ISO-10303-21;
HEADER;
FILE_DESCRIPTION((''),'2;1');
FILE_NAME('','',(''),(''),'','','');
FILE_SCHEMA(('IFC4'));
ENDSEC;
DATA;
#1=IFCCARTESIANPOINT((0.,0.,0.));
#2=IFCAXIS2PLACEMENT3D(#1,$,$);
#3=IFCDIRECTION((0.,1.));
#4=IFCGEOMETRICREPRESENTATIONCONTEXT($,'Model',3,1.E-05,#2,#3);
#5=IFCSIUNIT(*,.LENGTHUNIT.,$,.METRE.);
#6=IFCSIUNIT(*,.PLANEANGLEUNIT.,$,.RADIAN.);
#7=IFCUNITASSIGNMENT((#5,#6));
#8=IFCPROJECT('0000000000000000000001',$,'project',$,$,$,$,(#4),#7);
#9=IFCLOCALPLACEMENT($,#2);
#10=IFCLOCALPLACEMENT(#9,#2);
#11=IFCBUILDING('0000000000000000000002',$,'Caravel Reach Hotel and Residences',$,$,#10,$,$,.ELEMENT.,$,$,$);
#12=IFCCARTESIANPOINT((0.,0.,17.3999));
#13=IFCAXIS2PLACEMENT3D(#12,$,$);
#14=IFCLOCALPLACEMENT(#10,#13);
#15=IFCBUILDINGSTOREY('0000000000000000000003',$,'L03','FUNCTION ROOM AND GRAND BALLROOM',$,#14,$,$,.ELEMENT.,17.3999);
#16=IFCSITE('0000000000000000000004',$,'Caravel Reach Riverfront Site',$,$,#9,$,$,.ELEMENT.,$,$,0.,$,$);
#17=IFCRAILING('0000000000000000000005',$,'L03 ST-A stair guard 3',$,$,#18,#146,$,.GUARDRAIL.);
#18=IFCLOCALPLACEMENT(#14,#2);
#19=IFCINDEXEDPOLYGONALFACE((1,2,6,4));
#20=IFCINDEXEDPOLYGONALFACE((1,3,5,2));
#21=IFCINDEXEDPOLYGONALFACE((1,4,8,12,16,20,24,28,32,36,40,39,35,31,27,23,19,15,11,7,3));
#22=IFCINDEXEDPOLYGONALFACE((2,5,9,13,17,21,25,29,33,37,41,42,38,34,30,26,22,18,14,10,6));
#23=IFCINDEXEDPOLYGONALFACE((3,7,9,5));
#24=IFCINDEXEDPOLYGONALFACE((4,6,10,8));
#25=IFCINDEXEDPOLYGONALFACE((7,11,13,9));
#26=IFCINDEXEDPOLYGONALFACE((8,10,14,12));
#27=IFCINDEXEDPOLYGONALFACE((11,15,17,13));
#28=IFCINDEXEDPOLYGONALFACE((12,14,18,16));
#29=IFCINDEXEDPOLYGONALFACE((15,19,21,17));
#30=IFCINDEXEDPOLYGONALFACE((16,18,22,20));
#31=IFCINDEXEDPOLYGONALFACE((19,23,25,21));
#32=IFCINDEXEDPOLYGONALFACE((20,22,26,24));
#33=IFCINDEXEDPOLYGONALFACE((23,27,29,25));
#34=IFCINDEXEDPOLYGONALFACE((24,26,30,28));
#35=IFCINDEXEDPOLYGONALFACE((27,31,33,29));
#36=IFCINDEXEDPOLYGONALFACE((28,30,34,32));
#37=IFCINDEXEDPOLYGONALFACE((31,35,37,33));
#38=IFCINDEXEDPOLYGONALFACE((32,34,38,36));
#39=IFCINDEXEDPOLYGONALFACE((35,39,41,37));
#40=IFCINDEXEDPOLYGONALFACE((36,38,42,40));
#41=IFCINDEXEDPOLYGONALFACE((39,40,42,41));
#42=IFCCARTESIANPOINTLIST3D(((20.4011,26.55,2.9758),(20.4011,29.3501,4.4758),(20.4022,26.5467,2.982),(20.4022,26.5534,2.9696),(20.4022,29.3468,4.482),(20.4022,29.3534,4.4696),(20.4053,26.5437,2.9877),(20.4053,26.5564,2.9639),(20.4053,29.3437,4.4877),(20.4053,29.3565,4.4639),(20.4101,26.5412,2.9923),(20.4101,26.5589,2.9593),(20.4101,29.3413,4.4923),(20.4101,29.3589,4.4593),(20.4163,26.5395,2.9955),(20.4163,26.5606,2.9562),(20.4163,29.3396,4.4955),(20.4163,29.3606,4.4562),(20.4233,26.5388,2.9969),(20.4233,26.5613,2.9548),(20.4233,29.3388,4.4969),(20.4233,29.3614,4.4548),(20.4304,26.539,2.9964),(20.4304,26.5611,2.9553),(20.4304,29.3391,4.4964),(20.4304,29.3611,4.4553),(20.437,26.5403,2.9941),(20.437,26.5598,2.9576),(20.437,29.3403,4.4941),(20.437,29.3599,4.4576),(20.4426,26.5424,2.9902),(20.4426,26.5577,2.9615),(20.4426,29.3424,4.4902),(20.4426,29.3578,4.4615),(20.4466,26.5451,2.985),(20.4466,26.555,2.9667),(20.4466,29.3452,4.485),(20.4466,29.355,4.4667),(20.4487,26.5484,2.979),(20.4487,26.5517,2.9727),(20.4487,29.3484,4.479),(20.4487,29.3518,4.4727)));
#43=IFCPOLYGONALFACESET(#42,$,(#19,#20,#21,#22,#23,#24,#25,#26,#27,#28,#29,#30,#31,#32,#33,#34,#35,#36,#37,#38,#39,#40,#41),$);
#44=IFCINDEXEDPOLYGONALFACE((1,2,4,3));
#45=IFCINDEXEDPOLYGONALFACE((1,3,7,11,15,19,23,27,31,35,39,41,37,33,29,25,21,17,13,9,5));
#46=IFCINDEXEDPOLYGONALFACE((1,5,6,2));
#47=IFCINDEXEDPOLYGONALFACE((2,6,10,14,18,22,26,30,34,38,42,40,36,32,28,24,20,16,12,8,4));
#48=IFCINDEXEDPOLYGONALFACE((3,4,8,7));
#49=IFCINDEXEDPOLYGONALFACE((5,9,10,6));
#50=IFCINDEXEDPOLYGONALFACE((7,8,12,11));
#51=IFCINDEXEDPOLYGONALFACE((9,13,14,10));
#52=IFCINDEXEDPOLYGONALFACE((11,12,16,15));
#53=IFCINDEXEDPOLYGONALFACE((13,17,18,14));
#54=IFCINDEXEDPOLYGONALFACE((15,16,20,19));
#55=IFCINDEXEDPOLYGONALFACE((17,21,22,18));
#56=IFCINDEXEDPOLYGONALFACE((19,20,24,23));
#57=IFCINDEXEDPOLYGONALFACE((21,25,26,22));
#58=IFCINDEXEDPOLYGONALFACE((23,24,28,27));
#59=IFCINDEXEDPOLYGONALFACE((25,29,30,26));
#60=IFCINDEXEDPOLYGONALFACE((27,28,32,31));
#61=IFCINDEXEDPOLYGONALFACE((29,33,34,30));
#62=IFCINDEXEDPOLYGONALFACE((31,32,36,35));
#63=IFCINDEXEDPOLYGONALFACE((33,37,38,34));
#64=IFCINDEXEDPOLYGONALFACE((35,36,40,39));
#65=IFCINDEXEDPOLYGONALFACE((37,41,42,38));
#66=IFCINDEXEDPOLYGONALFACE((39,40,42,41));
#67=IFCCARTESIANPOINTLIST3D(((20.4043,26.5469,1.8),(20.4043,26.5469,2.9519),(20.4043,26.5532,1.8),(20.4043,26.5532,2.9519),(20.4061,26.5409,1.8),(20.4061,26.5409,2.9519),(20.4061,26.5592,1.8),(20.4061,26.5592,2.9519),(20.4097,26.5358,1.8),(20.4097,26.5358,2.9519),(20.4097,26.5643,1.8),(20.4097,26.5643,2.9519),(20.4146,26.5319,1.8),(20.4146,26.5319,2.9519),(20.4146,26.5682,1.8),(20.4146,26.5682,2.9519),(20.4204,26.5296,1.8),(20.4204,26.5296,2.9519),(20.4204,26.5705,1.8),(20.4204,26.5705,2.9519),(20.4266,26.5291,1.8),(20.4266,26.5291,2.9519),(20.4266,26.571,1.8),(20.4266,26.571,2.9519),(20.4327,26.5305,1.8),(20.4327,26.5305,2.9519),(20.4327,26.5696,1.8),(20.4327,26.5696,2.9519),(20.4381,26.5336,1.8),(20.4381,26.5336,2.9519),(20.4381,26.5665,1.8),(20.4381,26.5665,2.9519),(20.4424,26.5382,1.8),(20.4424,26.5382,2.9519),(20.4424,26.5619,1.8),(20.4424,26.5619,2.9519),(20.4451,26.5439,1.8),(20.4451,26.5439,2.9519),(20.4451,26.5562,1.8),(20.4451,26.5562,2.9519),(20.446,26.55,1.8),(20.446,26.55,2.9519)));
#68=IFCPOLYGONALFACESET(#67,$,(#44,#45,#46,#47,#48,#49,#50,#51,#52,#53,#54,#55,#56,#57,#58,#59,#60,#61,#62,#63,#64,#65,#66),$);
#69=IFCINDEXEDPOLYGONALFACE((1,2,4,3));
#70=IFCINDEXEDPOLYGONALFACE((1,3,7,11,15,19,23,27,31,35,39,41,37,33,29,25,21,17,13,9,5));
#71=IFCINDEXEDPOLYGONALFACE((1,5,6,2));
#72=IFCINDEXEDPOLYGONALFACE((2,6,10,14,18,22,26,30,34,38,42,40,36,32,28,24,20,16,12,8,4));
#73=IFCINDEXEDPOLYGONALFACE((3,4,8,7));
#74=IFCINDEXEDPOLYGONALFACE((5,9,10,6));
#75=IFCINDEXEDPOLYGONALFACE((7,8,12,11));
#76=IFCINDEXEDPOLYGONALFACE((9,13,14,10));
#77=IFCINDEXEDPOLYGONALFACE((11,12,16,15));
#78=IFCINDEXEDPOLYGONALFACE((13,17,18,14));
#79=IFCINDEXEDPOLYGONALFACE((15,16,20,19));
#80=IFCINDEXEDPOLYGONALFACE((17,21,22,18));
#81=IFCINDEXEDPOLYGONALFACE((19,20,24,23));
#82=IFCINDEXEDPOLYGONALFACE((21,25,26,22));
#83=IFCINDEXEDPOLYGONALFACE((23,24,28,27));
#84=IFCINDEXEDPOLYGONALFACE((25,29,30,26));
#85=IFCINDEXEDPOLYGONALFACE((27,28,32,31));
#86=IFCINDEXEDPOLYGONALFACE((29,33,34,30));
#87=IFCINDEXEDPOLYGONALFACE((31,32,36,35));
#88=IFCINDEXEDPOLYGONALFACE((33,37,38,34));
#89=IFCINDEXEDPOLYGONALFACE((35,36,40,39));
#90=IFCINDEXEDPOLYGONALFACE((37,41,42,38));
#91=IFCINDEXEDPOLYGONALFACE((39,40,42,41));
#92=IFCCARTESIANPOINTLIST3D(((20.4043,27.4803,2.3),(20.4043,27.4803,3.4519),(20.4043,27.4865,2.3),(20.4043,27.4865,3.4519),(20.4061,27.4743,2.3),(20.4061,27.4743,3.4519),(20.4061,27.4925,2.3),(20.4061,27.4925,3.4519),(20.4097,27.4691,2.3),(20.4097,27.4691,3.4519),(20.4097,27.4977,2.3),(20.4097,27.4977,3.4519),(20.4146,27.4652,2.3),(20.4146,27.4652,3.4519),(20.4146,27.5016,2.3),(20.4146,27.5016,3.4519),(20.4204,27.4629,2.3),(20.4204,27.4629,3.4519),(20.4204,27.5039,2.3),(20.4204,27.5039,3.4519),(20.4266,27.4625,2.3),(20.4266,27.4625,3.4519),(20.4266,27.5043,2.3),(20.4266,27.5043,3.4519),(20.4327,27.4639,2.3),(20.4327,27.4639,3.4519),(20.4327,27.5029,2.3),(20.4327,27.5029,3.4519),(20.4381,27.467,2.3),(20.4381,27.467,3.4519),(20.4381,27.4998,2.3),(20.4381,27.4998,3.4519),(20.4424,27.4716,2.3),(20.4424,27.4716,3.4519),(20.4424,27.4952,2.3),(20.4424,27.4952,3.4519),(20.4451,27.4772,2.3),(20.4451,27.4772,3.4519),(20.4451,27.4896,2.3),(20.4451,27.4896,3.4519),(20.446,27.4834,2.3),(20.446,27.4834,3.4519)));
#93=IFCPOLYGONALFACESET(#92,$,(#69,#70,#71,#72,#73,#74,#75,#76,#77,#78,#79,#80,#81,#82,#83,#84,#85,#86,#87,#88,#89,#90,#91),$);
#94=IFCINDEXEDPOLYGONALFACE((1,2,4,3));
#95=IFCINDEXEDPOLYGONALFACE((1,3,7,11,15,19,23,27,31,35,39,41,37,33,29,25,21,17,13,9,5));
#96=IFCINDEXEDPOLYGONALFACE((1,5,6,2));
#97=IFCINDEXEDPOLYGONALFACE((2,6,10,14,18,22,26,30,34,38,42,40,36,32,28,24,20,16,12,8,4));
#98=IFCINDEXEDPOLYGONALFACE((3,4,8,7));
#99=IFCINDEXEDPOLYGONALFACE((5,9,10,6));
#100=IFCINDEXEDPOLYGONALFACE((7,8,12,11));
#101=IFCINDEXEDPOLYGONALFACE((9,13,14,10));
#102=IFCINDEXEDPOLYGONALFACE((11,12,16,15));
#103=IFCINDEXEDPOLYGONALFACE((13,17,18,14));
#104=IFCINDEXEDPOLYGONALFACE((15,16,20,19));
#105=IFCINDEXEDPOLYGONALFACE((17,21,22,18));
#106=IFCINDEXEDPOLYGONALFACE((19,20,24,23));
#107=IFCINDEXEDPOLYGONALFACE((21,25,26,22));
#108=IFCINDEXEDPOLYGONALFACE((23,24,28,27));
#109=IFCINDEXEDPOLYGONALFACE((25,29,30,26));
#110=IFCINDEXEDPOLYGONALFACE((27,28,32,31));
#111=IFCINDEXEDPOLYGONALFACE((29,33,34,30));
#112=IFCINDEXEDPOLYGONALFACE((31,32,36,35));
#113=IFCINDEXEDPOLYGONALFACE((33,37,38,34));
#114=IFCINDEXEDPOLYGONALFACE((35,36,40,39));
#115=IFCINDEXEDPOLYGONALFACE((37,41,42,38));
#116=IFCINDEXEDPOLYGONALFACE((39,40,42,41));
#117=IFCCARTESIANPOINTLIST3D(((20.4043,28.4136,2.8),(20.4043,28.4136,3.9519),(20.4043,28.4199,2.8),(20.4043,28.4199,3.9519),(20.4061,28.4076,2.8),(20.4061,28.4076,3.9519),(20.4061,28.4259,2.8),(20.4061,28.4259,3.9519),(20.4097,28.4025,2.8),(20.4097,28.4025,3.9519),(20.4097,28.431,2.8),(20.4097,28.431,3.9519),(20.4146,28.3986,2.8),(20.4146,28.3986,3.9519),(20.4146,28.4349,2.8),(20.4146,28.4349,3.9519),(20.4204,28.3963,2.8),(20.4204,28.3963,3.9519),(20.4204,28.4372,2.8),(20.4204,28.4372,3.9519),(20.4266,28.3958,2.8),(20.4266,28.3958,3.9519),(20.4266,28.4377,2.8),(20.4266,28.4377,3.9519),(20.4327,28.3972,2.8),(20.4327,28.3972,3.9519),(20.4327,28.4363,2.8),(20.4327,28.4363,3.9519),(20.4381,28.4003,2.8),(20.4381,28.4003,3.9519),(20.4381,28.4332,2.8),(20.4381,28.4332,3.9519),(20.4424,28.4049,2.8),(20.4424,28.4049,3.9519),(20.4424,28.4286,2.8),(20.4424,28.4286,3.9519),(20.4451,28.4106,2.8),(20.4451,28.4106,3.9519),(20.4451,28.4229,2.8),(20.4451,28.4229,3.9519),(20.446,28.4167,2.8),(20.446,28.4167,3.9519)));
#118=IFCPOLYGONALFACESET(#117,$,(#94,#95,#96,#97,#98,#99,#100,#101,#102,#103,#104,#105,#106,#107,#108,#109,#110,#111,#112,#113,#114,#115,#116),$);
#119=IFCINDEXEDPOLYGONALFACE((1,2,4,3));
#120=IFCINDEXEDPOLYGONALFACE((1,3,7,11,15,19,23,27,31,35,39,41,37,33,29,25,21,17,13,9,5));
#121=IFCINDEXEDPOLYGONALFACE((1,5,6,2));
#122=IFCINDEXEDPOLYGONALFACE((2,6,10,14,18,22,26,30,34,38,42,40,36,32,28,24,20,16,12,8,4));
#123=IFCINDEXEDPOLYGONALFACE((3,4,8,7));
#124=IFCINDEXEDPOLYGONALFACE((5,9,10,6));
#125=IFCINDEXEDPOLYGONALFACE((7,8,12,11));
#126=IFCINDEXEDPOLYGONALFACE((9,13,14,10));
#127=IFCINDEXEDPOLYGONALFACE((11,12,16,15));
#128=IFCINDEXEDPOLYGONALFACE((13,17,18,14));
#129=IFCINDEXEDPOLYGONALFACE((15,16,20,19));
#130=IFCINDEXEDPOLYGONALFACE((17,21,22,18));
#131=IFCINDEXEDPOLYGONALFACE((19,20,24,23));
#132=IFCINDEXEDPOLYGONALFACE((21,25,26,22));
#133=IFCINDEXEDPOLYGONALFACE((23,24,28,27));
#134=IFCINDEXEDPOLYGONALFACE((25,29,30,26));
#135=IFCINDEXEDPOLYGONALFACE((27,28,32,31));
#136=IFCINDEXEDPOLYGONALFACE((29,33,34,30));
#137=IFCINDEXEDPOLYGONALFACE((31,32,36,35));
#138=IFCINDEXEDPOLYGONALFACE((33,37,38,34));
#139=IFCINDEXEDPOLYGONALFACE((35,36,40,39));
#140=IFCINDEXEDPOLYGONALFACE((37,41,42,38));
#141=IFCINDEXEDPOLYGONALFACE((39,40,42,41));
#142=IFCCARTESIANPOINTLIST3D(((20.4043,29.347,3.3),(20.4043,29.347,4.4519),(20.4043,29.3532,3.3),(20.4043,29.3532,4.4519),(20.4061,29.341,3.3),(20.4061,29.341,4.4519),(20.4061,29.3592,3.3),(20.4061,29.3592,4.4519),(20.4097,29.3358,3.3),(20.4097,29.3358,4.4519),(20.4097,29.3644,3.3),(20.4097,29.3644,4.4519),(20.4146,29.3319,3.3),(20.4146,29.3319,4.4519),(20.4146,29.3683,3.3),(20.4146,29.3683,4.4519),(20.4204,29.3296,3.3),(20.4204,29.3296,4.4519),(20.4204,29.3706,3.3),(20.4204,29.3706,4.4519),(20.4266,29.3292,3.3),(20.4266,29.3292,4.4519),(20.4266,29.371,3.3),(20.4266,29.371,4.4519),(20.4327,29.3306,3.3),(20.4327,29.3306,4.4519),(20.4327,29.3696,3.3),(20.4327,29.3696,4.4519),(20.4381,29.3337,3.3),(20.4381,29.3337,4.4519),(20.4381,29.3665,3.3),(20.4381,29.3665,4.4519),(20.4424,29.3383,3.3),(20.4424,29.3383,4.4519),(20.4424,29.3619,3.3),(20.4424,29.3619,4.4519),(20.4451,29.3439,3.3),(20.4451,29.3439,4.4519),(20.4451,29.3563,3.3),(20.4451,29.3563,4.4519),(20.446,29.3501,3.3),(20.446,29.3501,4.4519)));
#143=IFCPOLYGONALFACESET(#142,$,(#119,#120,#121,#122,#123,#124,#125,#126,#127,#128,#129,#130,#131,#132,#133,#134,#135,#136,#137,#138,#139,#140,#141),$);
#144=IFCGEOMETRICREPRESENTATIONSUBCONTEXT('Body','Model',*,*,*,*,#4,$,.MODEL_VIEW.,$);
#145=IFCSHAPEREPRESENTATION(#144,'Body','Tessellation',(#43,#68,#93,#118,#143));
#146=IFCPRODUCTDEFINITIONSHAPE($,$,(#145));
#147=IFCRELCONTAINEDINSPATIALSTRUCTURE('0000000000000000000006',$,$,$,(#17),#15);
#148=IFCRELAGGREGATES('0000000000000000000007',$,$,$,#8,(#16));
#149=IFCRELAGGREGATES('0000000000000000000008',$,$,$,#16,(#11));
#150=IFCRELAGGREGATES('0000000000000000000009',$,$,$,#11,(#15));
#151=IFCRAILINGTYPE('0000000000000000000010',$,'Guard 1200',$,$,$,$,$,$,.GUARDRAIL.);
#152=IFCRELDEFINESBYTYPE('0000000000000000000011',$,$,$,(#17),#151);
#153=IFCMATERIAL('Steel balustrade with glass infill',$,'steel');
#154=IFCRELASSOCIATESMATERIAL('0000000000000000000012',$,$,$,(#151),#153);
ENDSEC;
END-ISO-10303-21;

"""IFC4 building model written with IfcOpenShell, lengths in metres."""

from ifc_helpers import new_model, si_unit, direction, frame, origin, origin_2d, place, context, subcontext, project, spatial, circle, extrude, material, type_object, element, save


model = new_model("IFC4")

# Units and contexts
model_context = context("Model", 3, precision=1e-05, world=origin(), true_north=direction((0.0, 1.0)))
body_context = subcontext(model_context, "Body", "Model", "MODEL_VIEW")
ifc_project = project(units=[si_unit("LENGTHUNIT", "METRE"), si_unit("PLANEANGLEUNIT", "RADIAN")], contexts=[model_context])

# Site, building, storey
site_placement = place(None, origin())
site = spatial("IfcSite", under=ifc_project, at=site_placement, Name="Caravel Reach Riverfront Site", CompositionType="ELEMENT", RefElevation=0.0)
building_placement = place(site_placement, origin())
building = spatial("IfcBuilding", under=site, at=building_placement, Name="Caravel Reach Hotel and Residences", CompositionType="ELEMENT")
storey_placement = place(building_placement, frame((0.0, 0.0, 17.3999)))
storey = spatial("IfcBuildingStorey", under=building, at=storey_placement, Name="L03", Description="FUNCTION ROOM AND GRAND BALLROOM", CompositionType="ELEMENT", Elevation=17.3999)

# Railing
ifc_material_1 = material(Name="Steel balustrade with glass infill", Category="steel")
railing_type = type_object("IfcRailingType", Name="Guard 1200", PredefinedType="GUARDRAIL", material=ifc_material_1)
railing_1_placement = place(storey_placement, frame((20.425, 26.55, 1.8)))
element("IfcRailing", 1, at=railing_1_placement, inside=storey, type_object=railing_type, Name="L03 ST-A stair guard 3", PredefinedType="GUARDRAIL", context=body_context, shape_type="SweptSolid", body=[
    extrude(circle(Radius=0.0239, at=origin_2d()), frame((0.0, 0.0, 1.1758), z_axis=(0.0, 0.881483, 0.472215), x_axis=(-1.0, 0.0, 0.0)), (0.0, 0.0, 1.0), 3.1765),
    extrude(circle(Radius=0.021, at=origin_2d()), origin(), (0.0, 0.0, 1.0), 1.1519),
    extrude(circle(Radius=0.021, at=origin_2d()), frame((0.0, 0.9333, 0.5)), (0.0, 0.0, 1.0), 1.1519),
    extrude(circle(Radius=0.021, at=origin_2d()), frame((0.0, 1.8667, 1.0)), (0.0, 0.0, 1.0), 1.1519),
    extrude(circle(Radius=0.021, at=origin_2d()), frame((0.0, 2.8, 1.5)), (0.0, 0.0, 1.0), 1.1519),
])

save(model, "model.ifc")
